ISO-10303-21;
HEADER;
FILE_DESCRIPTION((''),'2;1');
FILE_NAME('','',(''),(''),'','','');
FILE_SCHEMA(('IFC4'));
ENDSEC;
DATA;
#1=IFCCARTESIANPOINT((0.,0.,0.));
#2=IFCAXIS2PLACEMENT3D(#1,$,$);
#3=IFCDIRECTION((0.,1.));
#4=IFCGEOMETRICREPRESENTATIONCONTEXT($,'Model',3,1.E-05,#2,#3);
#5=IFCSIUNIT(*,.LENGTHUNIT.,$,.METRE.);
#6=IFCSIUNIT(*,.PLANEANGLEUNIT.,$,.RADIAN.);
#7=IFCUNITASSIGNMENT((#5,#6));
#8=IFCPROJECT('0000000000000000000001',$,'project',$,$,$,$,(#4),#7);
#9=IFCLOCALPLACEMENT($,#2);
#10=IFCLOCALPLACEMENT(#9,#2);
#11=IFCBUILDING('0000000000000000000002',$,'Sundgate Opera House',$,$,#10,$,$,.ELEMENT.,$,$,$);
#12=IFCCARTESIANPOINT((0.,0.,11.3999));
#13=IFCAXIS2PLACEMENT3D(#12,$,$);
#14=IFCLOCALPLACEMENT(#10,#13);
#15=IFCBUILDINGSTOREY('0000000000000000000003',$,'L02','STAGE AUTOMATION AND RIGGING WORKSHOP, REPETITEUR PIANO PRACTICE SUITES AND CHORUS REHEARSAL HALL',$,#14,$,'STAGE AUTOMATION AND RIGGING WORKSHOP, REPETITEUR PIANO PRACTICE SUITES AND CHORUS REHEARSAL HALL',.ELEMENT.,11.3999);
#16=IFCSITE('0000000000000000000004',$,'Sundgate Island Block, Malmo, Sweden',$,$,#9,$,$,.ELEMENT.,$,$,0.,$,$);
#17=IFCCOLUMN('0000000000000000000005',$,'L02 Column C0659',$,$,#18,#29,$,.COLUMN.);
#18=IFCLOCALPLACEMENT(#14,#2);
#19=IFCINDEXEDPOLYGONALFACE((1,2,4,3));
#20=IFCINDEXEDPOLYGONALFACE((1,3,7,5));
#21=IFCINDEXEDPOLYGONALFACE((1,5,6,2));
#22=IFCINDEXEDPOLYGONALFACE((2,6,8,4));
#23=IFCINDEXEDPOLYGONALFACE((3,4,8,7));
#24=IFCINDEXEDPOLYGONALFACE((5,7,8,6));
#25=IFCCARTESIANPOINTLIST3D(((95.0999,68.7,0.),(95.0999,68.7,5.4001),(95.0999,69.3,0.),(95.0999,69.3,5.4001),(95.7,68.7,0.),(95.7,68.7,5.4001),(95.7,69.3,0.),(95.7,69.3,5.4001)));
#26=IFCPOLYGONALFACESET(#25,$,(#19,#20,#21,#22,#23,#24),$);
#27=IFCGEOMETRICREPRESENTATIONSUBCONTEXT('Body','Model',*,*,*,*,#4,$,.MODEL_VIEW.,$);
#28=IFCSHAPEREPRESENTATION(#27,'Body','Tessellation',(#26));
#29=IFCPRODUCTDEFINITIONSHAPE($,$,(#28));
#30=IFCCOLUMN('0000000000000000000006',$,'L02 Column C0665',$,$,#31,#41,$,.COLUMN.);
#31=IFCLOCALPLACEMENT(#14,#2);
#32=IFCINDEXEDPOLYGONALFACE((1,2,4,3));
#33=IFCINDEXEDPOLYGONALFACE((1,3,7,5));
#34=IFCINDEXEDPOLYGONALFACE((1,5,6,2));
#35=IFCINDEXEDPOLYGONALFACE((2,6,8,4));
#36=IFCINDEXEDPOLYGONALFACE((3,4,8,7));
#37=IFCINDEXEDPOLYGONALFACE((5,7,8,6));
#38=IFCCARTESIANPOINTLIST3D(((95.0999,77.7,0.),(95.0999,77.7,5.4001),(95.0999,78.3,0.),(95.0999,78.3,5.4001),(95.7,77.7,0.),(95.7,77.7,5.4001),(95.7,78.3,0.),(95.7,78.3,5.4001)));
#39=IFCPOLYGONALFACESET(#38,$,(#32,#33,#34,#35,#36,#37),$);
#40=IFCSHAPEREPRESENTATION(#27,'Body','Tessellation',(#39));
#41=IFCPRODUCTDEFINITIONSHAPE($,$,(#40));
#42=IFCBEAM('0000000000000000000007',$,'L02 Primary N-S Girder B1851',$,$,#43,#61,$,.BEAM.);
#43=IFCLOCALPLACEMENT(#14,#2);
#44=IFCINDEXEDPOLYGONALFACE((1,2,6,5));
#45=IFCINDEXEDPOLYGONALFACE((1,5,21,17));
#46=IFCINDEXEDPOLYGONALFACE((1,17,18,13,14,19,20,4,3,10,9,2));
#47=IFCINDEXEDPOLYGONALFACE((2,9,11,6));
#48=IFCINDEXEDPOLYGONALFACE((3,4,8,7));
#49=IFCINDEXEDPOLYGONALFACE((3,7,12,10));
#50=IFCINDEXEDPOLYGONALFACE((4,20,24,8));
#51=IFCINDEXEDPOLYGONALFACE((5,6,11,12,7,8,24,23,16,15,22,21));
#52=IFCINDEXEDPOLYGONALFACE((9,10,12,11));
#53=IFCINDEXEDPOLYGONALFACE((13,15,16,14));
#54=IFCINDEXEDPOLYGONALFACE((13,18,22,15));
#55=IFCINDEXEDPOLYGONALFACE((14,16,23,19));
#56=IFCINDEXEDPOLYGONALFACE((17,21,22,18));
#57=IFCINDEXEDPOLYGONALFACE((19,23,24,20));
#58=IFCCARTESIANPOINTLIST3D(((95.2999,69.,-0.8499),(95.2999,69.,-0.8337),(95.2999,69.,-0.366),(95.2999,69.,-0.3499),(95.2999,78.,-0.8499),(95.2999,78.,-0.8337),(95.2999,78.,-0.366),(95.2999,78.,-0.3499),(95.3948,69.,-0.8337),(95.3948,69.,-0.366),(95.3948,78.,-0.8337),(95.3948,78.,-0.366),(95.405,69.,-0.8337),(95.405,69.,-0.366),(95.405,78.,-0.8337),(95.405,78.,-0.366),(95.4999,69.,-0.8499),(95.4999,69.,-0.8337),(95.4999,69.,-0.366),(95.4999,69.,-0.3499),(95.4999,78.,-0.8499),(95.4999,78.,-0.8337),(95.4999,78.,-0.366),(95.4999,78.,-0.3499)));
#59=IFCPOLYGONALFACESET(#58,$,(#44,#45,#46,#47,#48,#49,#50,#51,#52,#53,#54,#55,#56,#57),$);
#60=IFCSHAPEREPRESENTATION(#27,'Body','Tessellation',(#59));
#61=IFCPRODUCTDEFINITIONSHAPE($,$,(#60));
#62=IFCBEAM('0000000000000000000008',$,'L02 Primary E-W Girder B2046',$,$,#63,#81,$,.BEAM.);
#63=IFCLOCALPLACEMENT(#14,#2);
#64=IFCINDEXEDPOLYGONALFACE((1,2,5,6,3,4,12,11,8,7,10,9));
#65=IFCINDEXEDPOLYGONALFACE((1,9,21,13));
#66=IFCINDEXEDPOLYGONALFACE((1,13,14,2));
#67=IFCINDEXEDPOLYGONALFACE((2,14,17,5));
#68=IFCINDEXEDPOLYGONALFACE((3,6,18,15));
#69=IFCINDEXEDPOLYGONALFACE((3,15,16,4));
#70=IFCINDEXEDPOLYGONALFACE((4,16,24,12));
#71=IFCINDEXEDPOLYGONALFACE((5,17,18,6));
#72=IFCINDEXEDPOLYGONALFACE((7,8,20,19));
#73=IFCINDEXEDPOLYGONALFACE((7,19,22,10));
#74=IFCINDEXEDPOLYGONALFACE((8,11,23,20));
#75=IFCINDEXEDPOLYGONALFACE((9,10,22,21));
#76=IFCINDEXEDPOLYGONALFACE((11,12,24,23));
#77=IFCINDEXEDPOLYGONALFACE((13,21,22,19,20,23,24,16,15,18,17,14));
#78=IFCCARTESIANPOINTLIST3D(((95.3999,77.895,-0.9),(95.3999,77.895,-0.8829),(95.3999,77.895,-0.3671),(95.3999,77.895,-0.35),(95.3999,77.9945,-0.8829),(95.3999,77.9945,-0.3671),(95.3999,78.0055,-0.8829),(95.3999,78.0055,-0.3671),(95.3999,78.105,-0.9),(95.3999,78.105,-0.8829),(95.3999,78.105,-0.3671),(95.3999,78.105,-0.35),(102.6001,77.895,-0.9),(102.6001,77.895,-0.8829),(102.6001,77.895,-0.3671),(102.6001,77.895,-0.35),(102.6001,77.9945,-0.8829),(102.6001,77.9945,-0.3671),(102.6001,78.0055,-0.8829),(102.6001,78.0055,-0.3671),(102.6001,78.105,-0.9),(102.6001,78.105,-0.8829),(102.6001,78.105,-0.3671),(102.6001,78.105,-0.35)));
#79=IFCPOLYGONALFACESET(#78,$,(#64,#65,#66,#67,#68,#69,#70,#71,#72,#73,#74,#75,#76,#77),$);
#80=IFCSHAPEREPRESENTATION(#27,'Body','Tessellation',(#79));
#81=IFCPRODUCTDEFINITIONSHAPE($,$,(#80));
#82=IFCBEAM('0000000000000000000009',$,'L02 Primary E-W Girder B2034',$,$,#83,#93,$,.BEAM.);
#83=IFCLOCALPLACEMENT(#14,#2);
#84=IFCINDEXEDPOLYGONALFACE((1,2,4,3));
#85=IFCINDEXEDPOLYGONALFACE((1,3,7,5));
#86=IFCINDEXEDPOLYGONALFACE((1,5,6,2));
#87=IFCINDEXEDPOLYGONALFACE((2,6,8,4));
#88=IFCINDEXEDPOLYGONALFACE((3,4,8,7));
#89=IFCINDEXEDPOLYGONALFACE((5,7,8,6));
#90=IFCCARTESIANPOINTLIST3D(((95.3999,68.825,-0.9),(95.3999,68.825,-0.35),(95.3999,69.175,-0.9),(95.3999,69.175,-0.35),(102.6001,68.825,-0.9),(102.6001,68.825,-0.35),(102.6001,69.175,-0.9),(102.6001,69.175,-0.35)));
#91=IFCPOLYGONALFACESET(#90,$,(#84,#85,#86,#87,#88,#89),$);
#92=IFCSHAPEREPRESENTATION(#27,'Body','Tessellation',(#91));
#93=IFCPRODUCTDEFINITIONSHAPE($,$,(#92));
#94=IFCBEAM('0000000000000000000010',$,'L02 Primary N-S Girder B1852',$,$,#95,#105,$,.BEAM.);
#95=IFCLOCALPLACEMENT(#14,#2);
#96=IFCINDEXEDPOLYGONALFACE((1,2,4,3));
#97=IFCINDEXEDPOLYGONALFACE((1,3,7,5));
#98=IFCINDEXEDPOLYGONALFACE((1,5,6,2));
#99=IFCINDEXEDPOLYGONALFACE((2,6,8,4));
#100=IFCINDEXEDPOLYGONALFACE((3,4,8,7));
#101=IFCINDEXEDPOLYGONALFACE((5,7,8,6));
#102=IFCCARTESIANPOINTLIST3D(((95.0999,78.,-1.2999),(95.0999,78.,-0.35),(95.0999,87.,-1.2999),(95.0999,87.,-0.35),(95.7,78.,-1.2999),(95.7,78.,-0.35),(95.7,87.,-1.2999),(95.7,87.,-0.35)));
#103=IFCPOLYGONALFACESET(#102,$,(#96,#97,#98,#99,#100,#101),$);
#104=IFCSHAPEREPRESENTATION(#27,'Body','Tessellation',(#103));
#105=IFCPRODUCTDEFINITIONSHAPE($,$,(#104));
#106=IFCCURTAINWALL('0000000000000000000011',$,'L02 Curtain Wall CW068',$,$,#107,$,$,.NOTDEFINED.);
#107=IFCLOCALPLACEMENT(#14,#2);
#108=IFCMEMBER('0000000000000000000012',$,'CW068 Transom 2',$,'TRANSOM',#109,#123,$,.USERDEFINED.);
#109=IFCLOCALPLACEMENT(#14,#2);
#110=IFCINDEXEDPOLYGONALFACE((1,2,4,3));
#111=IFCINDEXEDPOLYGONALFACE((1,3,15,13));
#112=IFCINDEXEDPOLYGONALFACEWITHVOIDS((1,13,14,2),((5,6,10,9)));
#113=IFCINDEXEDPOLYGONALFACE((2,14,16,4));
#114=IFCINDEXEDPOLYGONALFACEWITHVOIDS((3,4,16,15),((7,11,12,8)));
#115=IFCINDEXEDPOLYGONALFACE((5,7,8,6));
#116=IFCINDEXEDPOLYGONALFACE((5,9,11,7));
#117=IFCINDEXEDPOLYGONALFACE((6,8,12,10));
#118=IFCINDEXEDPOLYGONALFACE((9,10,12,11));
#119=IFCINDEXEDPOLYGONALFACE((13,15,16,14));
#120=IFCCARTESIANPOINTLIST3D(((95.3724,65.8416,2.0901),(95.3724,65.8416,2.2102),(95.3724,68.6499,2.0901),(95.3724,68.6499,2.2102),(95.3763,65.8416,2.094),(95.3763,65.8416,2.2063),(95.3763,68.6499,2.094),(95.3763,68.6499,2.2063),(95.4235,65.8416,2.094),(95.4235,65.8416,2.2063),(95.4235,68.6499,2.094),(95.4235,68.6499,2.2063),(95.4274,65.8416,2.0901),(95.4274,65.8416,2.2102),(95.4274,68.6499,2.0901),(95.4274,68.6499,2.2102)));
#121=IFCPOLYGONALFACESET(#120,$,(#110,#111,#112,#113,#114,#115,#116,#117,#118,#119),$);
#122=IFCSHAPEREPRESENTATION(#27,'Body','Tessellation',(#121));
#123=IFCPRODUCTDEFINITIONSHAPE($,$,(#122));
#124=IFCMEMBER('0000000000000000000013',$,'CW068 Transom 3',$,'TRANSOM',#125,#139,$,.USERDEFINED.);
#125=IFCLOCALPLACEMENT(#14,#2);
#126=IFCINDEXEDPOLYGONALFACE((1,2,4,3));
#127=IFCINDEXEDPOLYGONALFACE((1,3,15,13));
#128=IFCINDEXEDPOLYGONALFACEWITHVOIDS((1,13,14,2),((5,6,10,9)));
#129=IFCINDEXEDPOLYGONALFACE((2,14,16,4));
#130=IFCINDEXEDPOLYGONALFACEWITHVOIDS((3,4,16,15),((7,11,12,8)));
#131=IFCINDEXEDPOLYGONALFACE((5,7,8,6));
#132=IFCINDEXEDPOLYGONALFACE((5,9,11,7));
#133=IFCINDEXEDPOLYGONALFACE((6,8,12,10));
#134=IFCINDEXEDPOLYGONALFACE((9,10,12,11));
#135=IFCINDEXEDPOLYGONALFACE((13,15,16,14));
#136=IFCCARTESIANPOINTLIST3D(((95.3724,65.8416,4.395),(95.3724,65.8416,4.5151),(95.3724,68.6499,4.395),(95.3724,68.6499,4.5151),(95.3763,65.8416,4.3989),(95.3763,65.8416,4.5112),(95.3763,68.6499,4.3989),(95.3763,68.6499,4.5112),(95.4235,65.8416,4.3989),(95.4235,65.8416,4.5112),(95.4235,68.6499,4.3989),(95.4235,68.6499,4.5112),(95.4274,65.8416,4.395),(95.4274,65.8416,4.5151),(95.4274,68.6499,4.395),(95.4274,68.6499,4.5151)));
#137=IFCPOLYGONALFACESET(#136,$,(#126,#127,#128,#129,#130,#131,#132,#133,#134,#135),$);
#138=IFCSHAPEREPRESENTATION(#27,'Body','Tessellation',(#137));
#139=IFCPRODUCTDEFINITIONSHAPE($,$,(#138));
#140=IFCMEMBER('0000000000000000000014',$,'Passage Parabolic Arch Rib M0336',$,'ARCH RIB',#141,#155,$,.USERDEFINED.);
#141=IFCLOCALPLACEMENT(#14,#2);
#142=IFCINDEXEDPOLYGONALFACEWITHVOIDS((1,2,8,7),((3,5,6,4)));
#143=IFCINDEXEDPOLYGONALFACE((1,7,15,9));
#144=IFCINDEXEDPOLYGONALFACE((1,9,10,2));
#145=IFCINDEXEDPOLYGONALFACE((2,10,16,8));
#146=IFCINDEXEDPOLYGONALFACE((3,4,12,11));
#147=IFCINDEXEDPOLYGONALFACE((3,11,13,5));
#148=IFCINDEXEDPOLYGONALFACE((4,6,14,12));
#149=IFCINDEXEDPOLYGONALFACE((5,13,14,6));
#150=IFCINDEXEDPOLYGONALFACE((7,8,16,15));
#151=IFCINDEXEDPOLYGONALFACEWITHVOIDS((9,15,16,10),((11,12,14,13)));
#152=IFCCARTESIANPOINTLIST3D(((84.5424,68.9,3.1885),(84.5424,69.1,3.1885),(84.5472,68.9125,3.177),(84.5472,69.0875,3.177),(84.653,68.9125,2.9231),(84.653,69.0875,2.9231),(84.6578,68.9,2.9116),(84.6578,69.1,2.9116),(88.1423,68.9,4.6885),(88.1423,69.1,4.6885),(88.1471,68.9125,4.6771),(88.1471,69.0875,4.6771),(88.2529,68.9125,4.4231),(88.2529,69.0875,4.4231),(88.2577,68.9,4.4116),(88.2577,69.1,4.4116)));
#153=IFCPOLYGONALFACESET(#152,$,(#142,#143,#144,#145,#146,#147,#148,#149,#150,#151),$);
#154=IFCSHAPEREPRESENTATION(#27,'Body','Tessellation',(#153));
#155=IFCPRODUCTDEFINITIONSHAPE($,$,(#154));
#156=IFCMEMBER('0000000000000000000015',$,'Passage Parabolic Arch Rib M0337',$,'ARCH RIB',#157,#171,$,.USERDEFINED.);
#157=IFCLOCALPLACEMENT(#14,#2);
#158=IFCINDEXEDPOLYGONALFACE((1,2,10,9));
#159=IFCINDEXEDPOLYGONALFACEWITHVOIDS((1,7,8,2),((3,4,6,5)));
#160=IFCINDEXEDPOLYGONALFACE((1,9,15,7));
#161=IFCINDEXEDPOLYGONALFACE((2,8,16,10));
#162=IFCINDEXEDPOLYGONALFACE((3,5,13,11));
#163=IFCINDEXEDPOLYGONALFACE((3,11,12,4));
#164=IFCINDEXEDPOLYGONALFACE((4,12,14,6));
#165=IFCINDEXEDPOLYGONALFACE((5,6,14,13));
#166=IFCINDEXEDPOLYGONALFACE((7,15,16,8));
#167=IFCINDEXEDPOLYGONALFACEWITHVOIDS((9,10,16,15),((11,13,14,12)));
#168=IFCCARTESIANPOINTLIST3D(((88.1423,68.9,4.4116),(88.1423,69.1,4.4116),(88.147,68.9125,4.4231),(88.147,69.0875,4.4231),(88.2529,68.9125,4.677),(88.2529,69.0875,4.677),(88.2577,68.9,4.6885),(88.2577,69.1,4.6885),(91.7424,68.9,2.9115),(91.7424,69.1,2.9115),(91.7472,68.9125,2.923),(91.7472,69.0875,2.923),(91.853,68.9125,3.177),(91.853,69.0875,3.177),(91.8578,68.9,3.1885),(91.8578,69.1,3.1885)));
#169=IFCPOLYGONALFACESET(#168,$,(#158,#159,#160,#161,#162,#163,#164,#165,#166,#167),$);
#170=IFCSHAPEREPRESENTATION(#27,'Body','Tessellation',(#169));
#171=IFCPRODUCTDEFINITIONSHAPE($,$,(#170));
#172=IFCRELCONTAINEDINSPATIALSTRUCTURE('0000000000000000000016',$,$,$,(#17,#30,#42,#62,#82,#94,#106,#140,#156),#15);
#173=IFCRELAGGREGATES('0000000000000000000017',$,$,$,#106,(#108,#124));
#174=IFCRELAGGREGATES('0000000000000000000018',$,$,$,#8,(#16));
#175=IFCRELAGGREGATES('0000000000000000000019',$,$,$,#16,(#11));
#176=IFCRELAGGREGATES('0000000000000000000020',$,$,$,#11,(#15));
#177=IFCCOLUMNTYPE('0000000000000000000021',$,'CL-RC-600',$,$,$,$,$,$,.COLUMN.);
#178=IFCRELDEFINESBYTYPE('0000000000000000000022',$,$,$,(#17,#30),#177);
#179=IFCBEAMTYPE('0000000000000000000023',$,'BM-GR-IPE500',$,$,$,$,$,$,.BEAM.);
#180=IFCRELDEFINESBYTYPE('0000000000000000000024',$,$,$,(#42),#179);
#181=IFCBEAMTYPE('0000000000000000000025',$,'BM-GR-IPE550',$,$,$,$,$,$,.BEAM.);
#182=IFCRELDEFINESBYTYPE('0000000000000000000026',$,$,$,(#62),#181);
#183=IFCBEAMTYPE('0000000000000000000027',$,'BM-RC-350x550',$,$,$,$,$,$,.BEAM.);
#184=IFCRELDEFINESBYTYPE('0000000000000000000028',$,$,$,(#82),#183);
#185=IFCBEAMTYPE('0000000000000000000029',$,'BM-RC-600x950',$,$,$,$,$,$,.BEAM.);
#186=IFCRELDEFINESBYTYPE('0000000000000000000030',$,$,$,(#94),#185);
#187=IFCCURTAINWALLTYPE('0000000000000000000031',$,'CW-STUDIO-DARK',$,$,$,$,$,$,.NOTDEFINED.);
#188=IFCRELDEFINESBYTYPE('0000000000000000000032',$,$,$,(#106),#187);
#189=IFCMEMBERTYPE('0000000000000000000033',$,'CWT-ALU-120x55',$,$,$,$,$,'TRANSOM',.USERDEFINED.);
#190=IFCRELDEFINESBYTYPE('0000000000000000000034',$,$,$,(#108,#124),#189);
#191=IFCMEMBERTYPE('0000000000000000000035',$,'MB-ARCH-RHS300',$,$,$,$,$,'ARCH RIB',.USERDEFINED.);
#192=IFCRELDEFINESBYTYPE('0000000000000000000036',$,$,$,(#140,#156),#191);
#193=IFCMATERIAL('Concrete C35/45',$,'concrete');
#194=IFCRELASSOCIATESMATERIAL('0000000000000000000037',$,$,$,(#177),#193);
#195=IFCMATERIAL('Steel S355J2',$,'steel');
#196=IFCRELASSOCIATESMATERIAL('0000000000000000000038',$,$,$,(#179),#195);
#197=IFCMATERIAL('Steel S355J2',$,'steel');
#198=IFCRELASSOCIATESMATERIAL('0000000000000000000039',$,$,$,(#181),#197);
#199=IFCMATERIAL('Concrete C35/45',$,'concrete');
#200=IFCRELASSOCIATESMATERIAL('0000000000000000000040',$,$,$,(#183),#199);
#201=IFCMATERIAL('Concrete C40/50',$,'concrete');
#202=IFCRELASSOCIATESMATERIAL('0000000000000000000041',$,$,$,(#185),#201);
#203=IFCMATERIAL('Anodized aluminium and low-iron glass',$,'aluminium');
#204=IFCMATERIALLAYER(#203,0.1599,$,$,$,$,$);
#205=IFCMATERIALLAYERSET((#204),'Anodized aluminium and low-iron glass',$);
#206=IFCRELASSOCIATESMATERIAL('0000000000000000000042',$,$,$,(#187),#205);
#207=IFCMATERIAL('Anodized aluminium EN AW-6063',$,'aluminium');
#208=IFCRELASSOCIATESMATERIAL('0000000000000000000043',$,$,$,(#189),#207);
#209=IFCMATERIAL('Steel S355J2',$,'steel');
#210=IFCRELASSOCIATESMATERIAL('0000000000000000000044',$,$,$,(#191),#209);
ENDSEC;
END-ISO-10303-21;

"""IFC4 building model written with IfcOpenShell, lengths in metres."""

from ifc_helpers import new_model, si_unit, direction, frame, origin, origin_2d, place, context, subcontext, project, spatial, rectangle, hollow_rectangle, i_section, extrude, material, layer, layer_set, material_profile, profile_set, type_object, element, aggregate, save


model = new_model("IFC4")

# Units and contexts
model_context = context("Model", 3, precision=1e-05, world=origin(), true_north=direction((0.0, 1.0)))
body_context = subcontext(model_context, "Body", "Model", "MODEL_VIEW")
ifc_project = project(units=[si_unit("LENGTHUNIT", "METRE"), si_unit("PLANEANGLEUNIT", "RADIAN")], contexts=[model_context])

# Site, building, storey
site_placement = place(None, origin())
site = spatial("IfcSite", under=ifc_project, at=site_placement, Name="Sundgate Island Block, Malmo, Sweden", CompositionType="ELEMENT", RefElevation=0.0)
building_placement = place(site_placement, origin())
building = spatial("IfcBuilding", under=site, at=building_placement, Name="Sundgate Opera House", CompositionType="ELEMENT")
storey_placement = place(building_placement, frame((0.0, 0.0, 11.3999)))
storey = spatial("IfcBuildingStorey", under=building, at=storey_placement, Name="L02", Description="STAGE AUTOMATION AND RIGGING WORKSHOP, REPETITEUR PIANO PRACTICE SUITES AND CHORUS REHEARSAL HALL", LongName="STAGE AUTOMATION AND RIGGING WORKSHOP, REPETITEUR PIANO PRACTICE SUITES AND CHORUS REHEARSAL HALL", CompositionType="ELEMENT", Elevation=11.3999)

# Columns
ifc_material_1 = material(Name="Concrete C35/45", Category="concrete")
ifc_material_profile_1 = material_profile(ifc_material_1, rectangle(XDim=0.6001, YDim=0.6001, at=origin_2d()), Name="RC 600x600")
ifc_profile_set_1 = profile_set([ifc_material_profile_1], Name="Concrete C35/45")
column_type = type_object("IfcColumnType", Name="CL-RC-600", PredefinedType="COLUMN", material=ifc_profile_set_1)
for number, where, z_axis, x_axis, name in (
    (1, (95.3999, 69.0, 0.0), (0.0, 0.0, 1.0), (1.0, 0.0, 0.0), "L02 Column C0659"),
    (2, (95.3999, 78.0, 0.0), (0.0, 0.0, 1.0), (1.0, 0.0, 0.0), "L02 Column C0665"),
):
    element("IfcColumn", number, at=place(storey_placement, frame(where, z_axis=z_axis, x_axis=x_axis)), inside=storey, type_object=column_type, Name=name, PredefinedType="COLUMN", context=body_context, shape_type="SweptSolid", body=[
        extrude(rectangle(XDim=0.6001, YDim=0.6001, at=origin_2d()), origin(), (0.0, 0.0, 1.0), 5.4001),
    ])

# Beams
ifc_material_2 = material(Name="Steel S355J2", Category="steel")
ifc_material_profile_2 = material_profile(ifc_material_2, i_section(OverallWidth=0.2, OverallDepth=0.5, WebThickness=0.0103, FlangeThickness=0.0161, at=origin_2d()), Name="IPE 500")
ifc_profile_set_2 = profile_set([ifc_material_profile_2], Name="Steel S355J2")
beam_type_1 = type_object("IfcBeamType", Name="BM-GR-IPE500", PredefinedType="BEAM", material=ifc_profile_set_2)
beam_1_placement = place(storey_placement, frame((95.3999, 69.0, -0.5999), z_axis=(0.0, 1.0, 0.0), x_axis=(-1.0, 0.0, 0.0)))
element("IfcBeam", 3, at=beam_1_placement, inside=storey, type_object=beam_type_1, Name="L02 Primary N-S Girder B1851", PredefinedType="BEAM", context=body_context, shape_type="SweptSolid", body=[
    extrude(i_section(OverallWidth=0.2, OverallDepth=0.5, WebThickness=0.0103, FlangeThickness=0.0161, at=origin_2d()), origin(), (0.0, 0.0, 1.0), 9.0),
])
ifc_material_3 = material(Name="Steel S355J2", Category="steel")
ifc_material_profile_3 = material_profile(ifc_material_3, i_section(OverallWidth=0.21, OverallDepth=0.55, WebThickness=0.011, FlangeThickness=0.0171, at=origin_2d()), Name="IPE 550")
ifc_profile_set_3 = profile_set([ifc_material_profile_3], Name="Steel S355J2")
beam_type_2 = type_object("IfcBeamType", Name="BM-GR-IPE550", PredefinedType="BEAM", material=ifc_profile_set_3)
beam_2_placement = place(storey_placement, frame((95.3999, 78.0, -0.625), z_axis=(1.0, 0.0, 0.0), x_axis=(0.0, 1.0, 0.0)))
element("IfcBeam", 4, at=beam_2_placement, inside=storey, type_object=beam_type_2, Name="L02 Primary E-W Girder B2046", PredefinedType="BEAM", context=body_context, shape_type="SweptSolid", body=[
    extrude(i_section(OverallWidth=0.21, OverallDepth=0.55, WebThickness=0.011, FlangeThickness=0.0171, at=origin_2d()), origin(), (0.0, 0.0, 1.0), 7.2002),
])
ifc_material_4 = material(Name="Concrete C35/45", Category="concrete")
ifc_material_profile_4 = material_profile(ifc_material_4, rectangle(XDim=0.3501, YDim=0.55, at=origin_2d()), Name="RC 350x550")
ifc_profile_set_4 = profile_set([ifc_material_profile_4], Name="Concrete C35/45")
beam_type_3 = type_object("IfcBeamType", Name="BM-RC-350x550", PredefinedType="BEAM", material=ifc_profile_set_4)
beam_3_placement = place(storey_placement, frame((95.3999, 69.0, -0.625), z_axis=(1.0, 0.0, 0.0), x_axis=(0.0, 1.0, 0.0)))
element("IfcBeam", 5, at=beam_3_placement, inside=storey, type_object=beam_type_3, Name="L02 Primary E-W Girder B2034", PredefinedType="BEAM", context=body_context, shape_type="SweptSolid", body=[
    extrude(rectangle(XDim=0.3501, YDim=0.55, at=origin_2d()), origin(), (0.0, 0.0, 1.0), 7.2002),
])
ifc_material_5 = material(Name="Concrete C40/50", Category="concrete")
ifc_material_profile_5 = material_profile(ifc_material_5, rectangle(XDim=0.6001, YDim=0.95, at=origin_2d()), Name="RC 600x950")
ifc_profile_set_5 = profile_set([ifc_material_profile_5], Name="Concrete C40/50")
beam_type_4 = type_object("IfcBeamType", Name="BM-RC-600x950", PredefinedType="BEAM", material=ifc_profile_set_5)
beam_4_placement = place(storey_placement, frame((95.3999, 78.0, -0.825), z_axis=(0.0, 1.0, 0.0), x_axis=(-1.0, 0.0, 0.0)))
element("IfcBeam", 6, at=beam_4_placement, inside=storey, type_object=beam_type_4, Name="L02 Primary N-S Girder B1852", PredefinedType="BEAM", context=body_context, shape_type="SweptSolid", body=[
    extrude(rectangle(XDim=0.6001, YDim=0.95, at=origin_2d()), origin(), (0.0, 0.0, 1.0), 9.0),
])

# Curtain wall, members
ifc_material_6 = material(Name="Anodized aluminium and low-iron glass", Category="aluminium")
ifc_layer_1 = layer(ifc_material_6, 0.1599)
ifc_layer_set_1 = layer_set([ifc_layer_1], Name="Anodized aluminium and low-iron glass")
curtain_wall_type = type_object("IfcCurtainWallType", Name="CW-STUDIO-DARK", PredefinedType="NOTDEFINED", material=ifc_layer_set_1)
curtain_wall_placement = place(storey_placement, origin())
curtain_wall = element("IfcCurtainWall", 7, at=curtain_wall_placement, inside=storey, type_object=curtain_wall_type, Name="L02 Curtain Wall CW068", PredefinedType="NOTDEFINED")
ifc_material_7 = material(Name="Anodized aluminium EN AW-6063", Category="aluminium")
ifc_material_profile_6 = material_profile(ifc_material_7, hollow_rectangle(XDim=0.0549, YDim=0.1201, WallThickness=0.0039, at=origin_2d()), Name="CWT 120x55x4")
ifc_profile_set_6 = profile_set([ifc_material_profile_6], Name="Anodized aluminium EN AW-6063")
member_type_1 = type_object("IfcMemberType", Name="CWT-ALU-120x55", ElementType="TRANSOM", PredefinedType="USERDEFINED", material=ifc_profile_set_6)
member_1_placement = place(storey_placement, frame((95.3999, 68.6499, 2.1501), z_axis=(0.0, -1.0, 0.0), x_axis=(1.0, 0.0, 0.0)))
member_1 = element("IfcMember", 8, at=member_1_placement, type_object=member_type_1, Name="CW068 Transom 2", ObjectType="TRANSOM", PredefinedType="USERDEFINED", context=body_context, shape_type="SweptSolid", body=[
    extrude(hollow_rectangle(XDim=0.0549, YDim=0.1201, WallThickness=0.0039, at=origin_2d()), origin(), (0.0, 0.0, 1.0), 2.8083),
])
member_2_placement = place(storey_placement, frame((95.3999, 68.6499, 4.4551), z_axis=(0.0, -1.0, 0.0), x_axis=(1.0, 0.0, 0.0)))
member_2 = element("IfcMember", 9, at=member_2_placement, type_object=member_type_1, Name="CW068 Transom 3", ObjectType="TRANSOM", PredefinedType="USERDEFINED", context=body_context, shape_type="SweptSolid", body=[
    extrude(hollow_rectangle(XDim=0.0549, YDim=0.1201, WallThickness=0.0039, at=origin_2d()), origin(), (0.0, 0.0, 1.0), 2.8083),
])
aggregate(curtain_wall, [member_1, member_2])

# Members
ifc_material_8 = material(Name="Steel S355J2", Category="steel")
ifc_material_profile_7 = material_profile(ifc_material_8, hollow_rectangle(XDim=0.2, YDim=0.3, WallThickness=0.0125, at=origin_2d()), Name="RHS 300x200x12.5")
ifc_profile_set_7 = profile_set([ifc_material_profile_7], Name="Steel S355J2")
member_type_2 = type_object("IfcMemberType", Name="MB-ARCH-RHS300", ElementType="ARCH RIB", PredefinedType="USERDEFINED", material=ifc_profile_set_7)
member_3_placement = place(storey_placement, frame((84.6001, 69.0, 3.05), z_axis=(0.923071, 0.0, 0.384629), x_axis=(0.0, 1.0, 0.0)))
element("IfcMember", 10, at=member_3_placement, inside=storey, type_object=member_type_2, Name="Passage Parabolic Arch Rib M0336", ObjectType="ARCH RIB", PredefinedType="USERDEFINED", context=body_context, shape_type="SweptSolid", body=[
    extrude(hollow_rectangle(XDim=0.2, YDim=0.3, WallThickness=0.0125, at=origin_2d()), origin(), (0.0, 0.0, 1.0), 3.8999),
])
member_4_placement = place(storey_placement, frame((88.2, 69.0, 4.55), z_axis=(0.923081, 0.0, -0.384606), x_axis=(0.0, 1.0, 0.0)))
element("IfcMember", 11, at=member_4_placement, inside=storey, type_object=member_type_2, Name="Passage Parabolic Arch Rib M0337", ObjectType="ARCH RIB", PredefinedType="USERDEFINED", context=body_context, shape_type="SweptSolid", body=[
    extrude(hollow_rectangle(XDim=0.2, YDim=0.3, WallThickness=0.0125, at=origin_2d()), origin(), (0.0, 0.0, 1.0), 3.9001),
])

save(model, "model.ifc")
